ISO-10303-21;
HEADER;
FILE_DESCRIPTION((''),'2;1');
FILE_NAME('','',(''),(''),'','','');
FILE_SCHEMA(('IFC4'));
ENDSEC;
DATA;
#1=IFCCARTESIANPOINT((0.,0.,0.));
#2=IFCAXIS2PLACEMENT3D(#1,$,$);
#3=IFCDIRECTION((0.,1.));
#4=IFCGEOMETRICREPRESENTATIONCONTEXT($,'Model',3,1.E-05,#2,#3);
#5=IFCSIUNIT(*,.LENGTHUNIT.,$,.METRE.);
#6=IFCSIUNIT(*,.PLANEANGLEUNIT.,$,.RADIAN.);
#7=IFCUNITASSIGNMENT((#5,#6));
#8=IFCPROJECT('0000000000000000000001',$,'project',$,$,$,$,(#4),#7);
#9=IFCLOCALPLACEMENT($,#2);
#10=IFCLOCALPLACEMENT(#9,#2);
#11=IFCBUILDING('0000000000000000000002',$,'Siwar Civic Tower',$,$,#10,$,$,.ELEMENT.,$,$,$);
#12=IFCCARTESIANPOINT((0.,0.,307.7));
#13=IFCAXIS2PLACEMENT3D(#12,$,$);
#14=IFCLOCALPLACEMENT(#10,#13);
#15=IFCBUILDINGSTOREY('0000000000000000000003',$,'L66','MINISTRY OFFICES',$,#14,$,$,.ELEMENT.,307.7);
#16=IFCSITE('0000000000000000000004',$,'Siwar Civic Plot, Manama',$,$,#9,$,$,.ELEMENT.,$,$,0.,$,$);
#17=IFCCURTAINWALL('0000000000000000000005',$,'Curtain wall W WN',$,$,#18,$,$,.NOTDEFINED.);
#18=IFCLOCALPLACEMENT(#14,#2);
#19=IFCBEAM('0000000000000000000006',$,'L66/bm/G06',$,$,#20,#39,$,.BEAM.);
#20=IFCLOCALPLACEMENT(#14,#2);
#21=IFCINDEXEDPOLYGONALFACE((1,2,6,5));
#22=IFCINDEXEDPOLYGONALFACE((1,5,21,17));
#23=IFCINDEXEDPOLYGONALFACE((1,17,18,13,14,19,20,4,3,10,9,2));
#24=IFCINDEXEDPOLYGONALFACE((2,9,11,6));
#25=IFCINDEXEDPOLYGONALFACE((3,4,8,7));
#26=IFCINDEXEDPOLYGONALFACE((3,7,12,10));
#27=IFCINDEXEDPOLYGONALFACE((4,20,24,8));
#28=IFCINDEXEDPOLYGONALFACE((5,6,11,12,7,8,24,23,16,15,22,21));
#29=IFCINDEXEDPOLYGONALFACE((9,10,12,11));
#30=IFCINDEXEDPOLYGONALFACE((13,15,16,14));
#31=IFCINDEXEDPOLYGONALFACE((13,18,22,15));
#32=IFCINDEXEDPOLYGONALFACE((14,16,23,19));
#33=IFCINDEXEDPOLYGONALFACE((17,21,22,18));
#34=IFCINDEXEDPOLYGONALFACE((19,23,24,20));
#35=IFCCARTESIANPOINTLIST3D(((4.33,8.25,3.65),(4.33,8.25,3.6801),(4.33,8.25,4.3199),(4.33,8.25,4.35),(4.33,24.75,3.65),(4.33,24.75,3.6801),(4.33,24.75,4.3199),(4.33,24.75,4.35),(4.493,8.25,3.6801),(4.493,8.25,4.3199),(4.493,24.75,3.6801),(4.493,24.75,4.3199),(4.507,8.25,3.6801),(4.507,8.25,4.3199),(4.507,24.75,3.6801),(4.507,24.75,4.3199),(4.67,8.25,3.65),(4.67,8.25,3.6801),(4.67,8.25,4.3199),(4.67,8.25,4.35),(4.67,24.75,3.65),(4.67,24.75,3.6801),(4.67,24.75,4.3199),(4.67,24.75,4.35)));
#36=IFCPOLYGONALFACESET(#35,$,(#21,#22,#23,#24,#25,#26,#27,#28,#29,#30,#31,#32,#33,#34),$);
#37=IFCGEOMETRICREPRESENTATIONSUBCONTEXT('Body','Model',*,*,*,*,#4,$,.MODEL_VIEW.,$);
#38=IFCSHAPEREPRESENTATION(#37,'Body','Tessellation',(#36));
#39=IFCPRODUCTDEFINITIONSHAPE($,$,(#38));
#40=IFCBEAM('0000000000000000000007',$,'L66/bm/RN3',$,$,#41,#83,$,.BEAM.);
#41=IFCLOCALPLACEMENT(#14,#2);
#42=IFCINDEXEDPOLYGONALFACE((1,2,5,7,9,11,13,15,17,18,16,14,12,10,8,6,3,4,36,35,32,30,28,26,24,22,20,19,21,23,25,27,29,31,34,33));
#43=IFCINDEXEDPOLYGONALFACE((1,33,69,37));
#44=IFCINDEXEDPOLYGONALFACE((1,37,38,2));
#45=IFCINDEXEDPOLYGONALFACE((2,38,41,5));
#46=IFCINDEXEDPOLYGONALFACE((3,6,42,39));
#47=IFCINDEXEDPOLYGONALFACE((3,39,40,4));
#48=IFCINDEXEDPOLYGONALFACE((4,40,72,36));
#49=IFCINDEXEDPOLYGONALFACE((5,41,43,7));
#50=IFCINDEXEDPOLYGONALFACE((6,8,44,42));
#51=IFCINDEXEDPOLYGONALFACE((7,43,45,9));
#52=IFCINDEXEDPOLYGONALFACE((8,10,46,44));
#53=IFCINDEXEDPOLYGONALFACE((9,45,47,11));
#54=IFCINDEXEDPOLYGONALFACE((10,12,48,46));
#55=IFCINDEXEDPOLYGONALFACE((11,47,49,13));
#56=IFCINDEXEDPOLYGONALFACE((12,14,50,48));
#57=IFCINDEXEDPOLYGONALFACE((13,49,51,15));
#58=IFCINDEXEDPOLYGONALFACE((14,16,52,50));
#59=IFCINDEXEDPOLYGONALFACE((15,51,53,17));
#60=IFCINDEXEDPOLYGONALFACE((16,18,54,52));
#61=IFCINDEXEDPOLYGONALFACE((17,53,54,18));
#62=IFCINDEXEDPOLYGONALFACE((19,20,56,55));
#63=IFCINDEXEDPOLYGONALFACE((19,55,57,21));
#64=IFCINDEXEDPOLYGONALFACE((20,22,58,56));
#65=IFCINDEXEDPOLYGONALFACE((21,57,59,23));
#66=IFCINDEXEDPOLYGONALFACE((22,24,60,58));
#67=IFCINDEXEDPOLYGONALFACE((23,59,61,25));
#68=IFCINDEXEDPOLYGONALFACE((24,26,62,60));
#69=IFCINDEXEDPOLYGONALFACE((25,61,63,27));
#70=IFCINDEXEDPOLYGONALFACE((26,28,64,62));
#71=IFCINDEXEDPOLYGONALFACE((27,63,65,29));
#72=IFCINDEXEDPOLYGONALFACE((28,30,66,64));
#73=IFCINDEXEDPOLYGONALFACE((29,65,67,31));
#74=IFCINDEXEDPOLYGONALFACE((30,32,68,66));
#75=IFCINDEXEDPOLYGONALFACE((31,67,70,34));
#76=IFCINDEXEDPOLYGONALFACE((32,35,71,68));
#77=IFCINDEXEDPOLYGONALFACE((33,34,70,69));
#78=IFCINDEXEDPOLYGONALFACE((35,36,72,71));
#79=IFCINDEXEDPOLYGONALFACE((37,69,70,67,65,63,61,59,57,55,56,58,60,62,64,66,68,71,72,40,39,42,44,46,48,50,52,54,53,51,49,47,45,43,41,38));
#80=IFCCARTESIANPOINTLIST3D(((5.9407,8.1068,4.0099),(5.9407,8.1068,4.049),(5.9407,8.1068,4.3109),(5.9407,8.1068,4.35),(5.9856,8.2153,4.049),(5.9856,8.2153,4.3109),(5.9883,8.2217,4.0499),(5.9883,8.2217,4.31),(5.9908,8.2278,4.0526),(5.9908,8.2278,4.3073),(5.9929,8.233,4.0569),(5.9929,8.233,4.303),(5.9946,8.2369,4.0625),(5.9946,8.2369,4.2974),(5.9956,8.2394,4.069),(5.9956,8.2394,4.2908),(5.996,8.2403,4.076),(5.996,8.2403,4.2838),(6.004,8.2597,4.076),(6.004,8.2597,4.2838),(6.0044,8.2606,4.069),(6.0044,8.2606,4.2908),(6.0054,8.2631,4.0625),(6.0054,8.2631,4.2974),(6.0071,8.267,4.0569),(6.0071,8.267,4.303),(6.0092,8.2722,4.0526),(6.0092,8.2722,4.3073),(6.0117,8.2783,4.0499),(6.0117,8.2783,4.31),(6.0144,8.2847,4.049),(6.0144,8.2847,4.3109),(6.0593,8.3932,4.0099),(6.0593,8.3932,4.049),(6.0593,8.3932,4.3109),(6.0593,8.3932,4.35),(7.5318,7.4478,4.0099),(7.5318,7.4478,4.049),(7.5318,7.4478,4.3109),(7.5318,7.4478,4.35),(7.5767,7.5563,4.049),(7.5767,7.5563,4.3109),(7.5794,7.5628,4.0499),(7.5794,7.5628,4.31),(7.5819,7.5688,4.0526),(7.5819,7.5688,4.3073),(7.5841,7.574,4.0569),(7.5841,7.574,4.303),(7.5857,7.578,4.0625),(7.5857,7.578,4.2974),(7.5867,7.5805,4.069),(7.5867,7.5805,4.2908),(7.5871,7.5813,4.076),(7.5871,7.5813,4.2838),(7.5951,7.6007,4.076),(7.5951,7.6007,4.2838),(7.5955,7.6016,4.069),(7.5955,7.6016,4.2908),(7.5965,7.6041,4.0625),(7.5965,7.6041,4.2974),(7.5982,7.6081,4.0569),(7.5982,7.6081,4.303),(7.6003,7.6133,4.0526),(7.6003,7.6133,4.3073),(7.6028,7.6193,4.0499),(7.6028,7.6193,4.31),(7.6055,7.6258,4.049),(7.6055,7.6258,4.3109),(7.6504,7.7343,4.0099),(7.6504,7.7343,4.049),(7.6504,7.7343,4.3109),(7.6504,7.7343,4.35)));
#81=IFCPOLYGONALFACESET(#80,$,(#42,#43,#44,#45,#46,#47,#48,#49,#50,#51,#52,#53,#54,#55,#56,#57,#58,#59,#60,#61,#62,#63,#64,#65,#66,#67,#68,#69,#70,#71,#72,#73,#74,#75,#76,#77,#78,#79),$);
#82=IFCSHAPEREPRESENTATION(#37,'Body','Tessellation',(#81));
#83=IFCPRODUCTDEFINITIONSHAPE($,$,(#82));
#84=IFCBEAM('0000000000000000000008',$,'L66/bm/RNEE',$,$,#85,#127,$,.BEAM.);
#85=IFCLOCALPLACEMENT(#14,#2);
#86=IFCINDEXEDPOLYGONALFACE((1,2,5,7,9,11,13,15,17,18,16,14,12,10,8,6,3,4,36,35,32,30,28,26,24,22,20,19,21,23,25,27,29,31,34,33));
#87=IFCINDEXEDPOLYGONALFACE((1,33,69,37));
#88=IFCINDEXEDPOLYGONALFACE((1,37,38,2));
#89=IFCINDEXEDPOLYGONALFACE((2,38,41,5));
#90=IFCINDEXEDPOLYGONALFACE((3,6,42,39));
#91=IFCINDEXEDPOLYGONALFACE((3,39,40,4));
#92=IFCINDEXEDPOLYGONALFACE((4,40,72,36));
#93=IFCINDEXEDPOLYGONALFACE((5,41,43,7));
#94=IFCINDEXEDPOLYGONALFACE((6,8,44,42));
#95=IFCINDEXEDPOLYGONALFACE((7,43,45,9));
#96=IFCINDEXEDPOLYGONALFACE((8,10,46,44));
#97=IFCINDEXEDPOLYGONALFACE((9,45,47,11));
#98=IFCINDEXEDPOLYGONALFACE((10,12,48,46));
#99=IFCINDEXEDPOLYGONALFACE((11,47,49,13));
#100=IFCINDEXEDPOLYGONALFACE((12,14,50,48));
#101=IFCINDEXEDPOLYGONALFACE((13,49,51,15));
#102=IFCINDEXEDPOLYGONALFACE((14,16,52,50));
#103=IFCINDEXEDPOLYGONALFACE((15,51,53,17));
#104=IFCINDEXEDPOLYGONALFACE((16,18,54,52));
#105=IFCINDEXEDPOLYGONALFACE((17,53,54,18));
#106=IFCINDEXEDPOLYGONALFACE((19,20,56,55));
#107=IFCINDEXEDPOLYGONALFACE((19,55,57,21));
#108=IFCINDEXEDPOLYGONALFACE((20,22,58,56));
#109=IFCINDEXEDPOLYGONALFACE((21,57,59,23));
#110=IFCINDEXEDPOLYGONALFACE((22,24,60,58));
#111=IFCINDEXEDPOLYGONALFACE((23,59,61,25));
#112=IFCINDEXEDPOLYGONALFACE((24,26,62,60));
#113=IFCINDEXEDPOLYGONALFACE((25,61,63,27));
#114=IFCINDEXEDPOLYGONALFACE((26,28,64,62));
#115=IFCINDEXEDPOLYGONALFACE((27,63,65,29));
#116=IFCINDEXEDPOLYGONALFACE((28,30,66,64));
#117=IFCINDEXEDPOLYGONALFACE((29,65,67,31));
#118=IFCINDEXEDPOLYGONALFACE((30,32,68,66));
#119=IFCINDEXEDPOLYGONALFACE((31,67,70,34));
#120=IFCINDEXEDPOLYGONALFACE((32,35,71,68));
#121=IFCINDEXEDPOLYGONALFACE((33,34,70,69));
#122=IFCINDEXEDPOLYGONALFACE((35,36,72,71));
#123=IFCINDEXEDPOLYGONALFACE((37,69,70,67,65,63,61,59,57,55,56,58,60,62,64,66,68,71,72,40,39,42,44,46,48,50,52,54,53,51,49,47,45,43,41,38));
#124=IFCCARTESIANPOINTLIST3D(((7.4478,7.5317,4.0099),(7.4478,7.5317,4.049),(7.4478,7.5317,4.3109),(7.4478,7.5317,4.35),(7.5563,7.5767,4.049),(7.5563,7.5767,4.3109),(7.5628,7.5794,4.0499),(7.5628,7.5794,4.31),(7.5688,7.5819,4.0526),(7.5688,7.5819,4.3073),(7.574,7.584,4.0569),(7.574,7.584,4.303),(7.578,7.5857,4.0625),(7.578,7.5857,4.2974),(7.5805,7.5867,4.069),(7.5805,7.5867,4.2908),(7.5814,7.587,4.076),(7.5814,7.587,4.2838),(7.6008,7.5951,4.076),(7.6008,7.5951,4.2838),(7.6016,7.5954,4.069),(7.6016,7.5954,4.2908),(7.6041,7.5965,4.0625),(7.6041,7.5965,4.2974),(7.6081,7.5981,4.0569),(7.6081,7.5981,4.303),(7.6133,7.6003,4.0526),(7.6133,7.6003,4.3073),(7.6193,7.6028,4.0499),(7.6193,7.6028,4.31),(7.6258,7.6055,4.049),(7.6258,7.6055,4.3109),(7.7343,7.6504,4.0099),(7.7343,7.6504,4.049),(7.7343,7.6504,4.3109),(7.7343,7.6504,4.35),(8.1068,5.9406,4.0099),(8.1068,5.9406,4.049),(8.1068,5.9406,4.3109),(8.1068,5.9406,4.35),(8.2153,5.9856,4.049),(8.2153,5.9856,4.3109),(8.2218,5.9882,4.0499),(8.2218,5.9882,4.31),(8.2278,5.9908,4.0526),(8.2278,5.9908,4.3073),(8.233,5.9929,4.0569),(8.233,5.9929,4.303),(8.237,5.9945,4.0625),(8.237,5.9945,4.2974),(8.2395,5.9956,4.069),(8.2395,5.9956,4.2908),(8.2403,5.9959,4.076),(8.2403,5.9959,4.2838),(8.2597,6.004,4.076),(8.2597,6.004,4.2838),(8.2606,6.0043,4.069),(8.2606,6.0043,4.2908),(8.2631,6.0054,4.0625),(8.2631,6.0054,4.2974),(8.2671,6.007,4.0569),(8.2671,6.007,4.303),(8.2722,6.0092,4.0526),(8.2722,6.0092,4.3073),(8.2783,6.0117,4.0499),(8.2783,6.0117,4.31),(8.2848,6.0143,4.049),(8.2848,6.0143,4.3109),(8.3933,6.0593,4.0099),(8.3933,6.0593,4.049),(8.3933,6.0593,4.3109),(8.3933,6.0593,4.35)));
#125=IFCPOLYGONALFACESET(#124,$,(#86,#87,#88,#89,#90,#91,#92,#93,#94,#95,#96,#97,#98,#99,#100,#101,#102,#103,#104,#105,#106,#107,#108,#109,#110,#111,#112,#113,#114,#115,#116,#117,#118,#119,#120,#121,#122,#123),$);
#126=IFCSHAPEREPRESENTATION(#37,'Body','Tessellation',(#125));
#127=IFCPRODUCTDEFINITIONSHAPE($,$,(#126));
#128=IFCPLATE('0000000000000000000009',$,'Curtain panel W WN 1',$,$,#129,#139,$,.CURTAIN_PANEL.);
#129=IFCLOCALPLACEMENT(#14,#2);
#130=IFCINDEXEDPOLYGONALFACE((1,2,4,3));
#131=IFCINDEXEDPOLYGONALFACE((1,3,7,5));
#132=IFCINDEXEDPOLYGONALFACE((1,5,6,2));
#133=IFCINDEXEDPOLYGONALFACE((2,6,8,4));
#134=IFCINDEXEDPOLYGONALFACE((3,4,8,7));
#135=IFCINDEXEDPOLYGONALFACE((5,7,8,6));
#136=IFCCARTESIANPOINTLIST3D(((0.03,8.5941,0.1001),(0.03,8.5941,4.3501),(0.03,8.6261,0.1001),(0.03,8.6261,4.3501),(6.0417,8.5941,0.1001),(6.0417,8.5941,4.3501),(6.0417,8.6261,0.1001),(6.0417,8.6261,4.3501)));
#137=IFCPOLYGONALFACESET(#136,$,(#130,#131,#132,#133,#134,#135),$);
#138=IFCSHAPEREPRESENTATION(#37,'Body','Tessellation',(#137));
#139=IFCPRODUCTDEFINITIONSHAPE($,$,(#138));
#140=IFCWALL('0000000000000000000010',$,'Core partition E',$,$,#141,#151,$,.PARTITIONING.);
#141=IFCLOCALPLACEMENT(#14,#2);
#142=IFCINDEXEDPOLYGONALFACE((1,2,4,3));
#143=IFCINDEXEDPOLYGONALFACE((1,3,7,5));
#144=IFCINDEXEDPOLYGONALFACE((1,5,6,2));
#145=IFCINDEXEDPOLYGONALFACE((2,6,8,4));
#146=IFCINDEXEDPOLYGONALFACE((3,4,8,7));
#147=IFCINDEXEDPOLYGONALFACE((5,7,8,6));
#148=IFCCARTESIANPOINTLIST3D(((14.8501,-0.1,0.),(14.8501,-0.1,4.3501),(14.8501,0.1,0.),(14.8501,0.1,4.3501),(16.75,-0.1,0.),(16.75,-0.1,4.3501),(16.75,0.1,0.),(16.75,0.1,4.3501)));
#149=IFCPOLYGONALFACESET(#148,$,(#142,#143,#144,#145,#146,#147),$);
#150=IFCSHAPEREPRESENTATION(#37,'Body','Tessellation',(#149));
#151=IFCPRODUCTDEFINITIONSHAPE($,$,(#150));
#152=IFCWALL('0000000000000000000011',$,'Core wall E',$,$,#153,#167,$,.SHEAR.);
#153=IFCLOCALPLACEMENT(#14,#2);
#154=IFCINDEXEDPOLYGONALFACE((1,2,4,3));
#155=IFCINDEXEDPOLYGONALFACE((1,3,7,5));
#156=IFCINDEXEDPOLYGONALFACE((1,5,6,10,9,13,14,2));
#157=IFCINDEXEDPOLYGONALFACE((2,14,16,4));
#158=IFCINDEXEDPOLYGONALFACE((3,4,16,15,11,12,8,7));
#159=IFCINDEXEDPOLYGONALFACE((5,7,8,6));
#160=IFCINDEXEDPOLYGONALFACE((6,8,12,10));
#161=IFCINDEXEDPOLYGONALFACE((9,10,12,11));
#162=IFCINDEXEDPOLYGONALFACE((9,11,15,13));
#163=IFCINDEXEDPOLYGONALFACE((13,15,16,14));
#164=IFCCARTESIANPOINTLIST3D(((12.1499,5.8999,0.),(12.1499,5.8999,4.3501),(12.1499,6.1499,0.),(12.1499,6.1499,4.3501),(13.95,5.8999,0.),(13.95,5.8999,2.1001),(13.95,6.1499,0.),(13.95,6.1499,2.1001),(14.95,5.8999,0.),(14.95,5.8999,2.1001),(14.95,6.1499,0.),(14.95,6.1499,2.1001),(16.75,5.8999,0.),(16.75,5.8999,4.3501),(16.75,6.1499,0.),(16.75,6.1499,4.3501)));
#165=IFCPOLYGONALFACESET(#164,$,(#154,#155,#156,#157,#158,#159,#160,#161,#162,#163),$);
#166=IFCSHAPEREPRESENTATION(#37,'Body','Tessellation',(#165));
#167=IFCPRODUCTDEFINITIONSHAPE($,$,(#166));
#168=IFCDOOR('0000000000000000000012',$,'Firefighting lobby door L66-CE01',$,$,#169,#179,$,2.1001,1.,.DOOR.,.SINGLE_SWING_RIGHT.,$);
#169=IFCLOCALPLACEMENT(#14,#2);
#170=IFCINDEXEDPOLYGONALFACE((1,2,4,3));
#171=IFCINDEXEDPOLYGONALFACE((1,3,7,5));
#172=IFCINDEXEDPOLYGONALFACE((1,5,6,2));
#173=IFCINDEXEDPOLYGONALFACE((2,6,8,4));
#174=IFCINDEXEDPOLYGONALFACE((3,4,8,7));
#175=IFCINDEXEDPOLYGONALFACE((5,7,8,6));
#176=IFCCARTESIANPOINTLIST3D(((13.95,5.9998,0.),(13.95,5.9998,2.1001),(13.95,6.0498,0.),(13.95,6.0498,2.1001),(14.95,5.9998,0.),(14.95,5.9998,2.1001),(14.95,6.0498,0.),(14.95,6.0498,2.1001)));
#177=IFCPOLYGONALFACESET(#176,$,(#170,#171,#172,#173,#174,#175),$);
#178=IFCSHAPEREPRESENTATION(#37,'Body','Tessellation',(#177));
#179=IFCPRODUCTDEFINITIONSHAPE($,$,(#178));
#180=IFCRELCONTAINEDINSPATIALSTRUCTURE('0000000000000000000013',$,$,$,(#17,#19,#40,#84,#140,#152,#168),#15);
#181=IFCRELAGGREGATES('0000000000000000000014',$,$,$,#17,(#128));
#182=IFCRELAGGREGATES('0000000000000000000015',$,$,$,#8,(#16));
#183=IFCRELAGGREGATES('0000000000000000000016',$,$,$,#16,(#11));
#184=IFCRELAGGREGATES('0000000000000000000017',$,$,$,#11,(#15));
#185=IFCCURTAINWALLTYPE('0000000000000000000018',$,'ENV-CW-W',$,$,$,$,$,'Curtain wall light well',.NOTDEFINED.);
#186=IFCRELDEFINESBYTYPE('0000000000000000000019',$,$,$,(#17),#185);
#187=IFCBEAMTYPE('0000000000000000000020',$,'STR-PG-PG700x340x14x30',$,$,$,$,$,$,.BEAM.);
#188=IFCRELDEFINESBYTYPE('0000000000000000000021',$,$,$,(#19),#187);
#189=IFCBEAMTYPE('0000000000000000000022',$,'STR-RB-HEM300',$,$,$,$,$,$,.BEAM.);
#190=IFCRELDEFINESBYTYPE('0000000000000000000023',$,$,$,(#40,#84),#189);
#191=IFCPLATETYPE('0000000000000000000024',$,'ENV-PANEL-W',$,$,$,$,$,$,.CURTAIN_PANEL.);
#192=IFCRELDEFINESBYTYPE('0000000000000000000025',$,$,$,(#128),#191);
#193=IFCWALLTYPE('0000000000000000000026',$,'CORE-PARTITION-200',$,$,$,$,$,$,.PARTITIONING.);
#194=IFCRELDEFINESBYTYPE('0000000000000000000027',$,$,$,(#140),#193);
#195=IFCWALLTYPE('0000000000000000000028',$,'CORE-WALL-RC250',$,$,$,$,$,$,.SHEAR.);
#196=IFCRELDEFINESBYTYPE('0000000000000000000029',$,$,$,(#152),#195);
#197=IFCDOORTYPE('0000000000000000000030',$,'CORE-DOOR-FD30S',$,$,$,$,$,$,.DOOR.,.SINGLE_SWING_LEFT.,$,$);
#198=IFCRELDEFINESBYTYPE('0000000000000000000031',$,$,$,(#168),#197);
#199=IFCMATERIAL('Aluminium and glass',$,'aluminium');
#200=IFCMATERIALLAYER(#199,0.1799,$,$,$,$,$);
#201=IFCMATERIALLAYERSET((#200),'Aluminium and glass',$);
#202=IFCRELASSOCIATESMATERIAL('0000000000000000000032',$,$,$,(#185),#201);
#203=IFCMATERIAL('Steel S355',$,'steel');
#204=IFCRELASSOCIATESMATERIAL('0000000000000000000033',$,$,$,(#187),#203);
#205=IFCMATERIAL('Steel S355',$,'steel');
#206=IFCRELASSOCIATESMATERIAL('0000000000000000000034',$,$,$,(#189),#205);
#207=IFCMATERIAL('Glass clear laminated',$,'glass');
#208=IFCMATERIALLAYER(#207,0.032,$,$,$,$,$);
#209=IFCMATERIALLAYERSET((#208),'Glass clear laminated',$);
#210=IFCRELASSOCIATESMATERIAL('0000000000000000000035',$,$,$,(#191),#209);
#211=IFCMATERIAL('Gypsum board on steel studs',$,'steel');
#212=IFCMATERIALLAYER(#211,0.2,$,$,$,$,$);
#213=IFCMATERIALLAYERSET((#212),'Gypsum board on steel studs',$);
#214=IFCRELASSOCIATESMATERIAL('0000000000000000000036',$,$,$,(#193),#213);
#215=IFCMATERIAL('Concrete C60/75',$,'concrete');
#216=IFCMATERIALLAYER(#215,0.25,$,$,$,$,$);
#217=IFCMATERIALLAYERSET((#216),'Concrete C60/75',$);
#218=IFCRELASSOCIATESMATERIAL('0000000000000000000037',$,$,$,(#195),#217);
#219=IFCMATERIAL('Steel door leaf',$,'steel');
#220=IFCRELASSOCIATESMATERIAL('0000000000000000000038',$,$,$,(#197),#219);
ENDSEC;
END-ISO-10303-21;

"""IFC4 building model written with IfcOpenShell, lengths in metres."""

from ifc_helpers import new_model, si_unit, direction, frame, frame_2d, origin, origin_2d, place, context, subcontext, project, spatial, rectangle, i_section, extrude, material, layer, layer_set, material_profile, profile_set, type_object, element, fill, aggregate, save


model = new_model("IFC4")

# Units and contexts
model_context = context("Model", 3, precision=1e-05, world=origin(), true_north=direction((0.0, 1.0)))
body_context = subcontext(model_context, "Body", "Model", "MODEL_VIEW")
ifc_project = project(units=[si_unit("LENGTHUNIT", "METRE"), si_unit("PLANEANGLEUNIT", "RADIAN")], contexts=[model_context])

# Site, building, storey
site_placement = place(None, origin())
site = spatial("IfcSite", under=ifc_project, at=site_placement, Name="Siwar Civic Plot, Manama", CompositionType="ELEMENT", RefElevation=0.0)
building_placement = place(site_placement, origin())
building = spatial("IfcBuilding", under=site, at=building_placement, Name="Siwar Civic Tower", CompositionType="ELEMENT")
storey_placement = place(building_placement, frame((0.0, 0.0, 307.7)))
storey = spatial("IfcBuildingStorey", under=building, at=storey_placement, Name="L66", Description="MINISTRY OFFICES", CompositionType="ELEMENT", Elevation=307.7)

# Curtain wall
ifc_material_1 = material(Name="Aluminium and glass", Category="aluminium")
ifc_layer_1 = layer(ifc_material_1, 0.1799)
ifc_layer_set_1 = layer_set([ifc_layer_1], Name="Aluminium and glass")
curtain_wall_type = type_object("IfcCurtainWallType", Name="ENV-CW-W", ElementType="Curtain wall light well", PredefinedType="NOTDEFINED", material=ifc_layer_set_1)
curtain_wall_placement = place(storey_placement, origin())
curtain_wall = element("IfcCurtainWall", 1, at=curtain_wall_placement, inside=storey, type_object=curtain_wall_type, Name="Curtain wall W WN", PredefinedType="NOTDEFINED")

# Beams
ifc_material_2 = material(Name="Steel S355", Category="steel")
ifc_material_profile_1 = material_profile(ifc_material_2, i_section(OverallWidth=0.3401, OverallDepth=0.7, WebThickness=0.0139, FlangeThickness=0.03, at=origin_2d()), Name="PG700x340x14x30")
ifc_profile_set_1 = profile_set([ifc_material_profile_1], Name="Steel S355")
beam_type_1 = type_object("IfcBeamType", Name="STR-PG-PG700x340x14x30", PredefinedType="BEAM", material=ifc_profile_set_1)
beam_1_placement = place(storey_placement, frame((4.5, 8.25, 4.0), z_axis=(0.0, 1.0, 0.0), x_axis=(-1.0, 0.0, 0.0)))
element("IfcBeam", 2, at=beam_1_placement, inside=storey, type_object=beam_type_1, Name="L66/bm/G06", PredefinedType="BEAM", context=body_context, shape_type="SweptSolid", body=[
    extrude(i_section(OverallWidth=0.3401, OverallDepth=0.7, WebThickness=0.0139, FlangeThickness=0.03, at=origin_2d()), origin(), (0.0, 0.0, 1.0), 16.5),
])
ifc_material_3 = material(Name="Steel S355", Category="steel")
ifc_material_profile_2 = material_profile(ifc_material_3, i_section(OverallWidth=0.3101, OverallDepth=0.3401, WebThickness=0.021, FlangeThickness=0.0391, FilletRadius=0.0271, at=origin_2d()), Name="HEM300")
ifc_profile_set_2 = profile_set([ifc_material_profile_2], Name="Steel S355")
beam_type_2 = type_object("IfcBeamType", Name="STR-RB-HEM300", PredefinedType="BEAM", material=ifc_profile_set_2)
for number, where, z_axis, x_axis, name in (
    (3, (6.0, 8.25, 4.1799), (0.923901, -0.382631, 0.0), (0.382631, 0.923901, 0.0), "L66/bm/RN3"),
    (4, (7.5911, 7.5911, 4.1799), (0.382631, -0.923901, 0.0), (0.923901, 0.382631, 0.0), "L66/bm/RNEE"),
):
    element("IfcBeam", number, at=place(storey_placement, frame(where, z_axis=z_axis, x_axis=x_axis)), inside=storey, type_object=beam_type_2, Name=name, PredefinedType="BEAM", context=body_context, shape_type="SweptSolid", body=[
        extrude(i_section(OverallWidth=0.3101, OverallDepth=0.3401, WebThickness=0.021, FlangeThickness=0.0391, FilletRadius=0.0271, at=origin_2d()), origin(), (0.0, 0.0, 1.0), 1.7222),
    ])

# Plate
ifc_material_4 = material(Name="Glass clear laminated", Category="glass")
ifc_layer_2 = layer(ifc_material_4, 0.032)
ifc_layer_set_2 = layer_set([ifc_layer_2], Name="Glass clear laminated")
plate_type = type_object("IfcPlateType", Name="ENV-PANEL-W", PredefinedType="CURTAIN_PANEL", material=ifc_layer_set_2)
plate_placement = place(storey_placement, frame((3.0359, 8.6101, 0.1001), z_axis=(0.0, 0.0, 1.0), x_axis=(-1.0, 0.0, 0.0)))
plate = element("IfcPlate", 5, at=plate_placement, type_object=plate_type, Name="Curtain panel W WN 1", PredefinedType="CURTAIN_PANEL", context=body_context, shape_type="SweptSolid", body=[
    extrude(rectangle(XDim=6.0117, YDim=0.032, at=origin_2d()), origin(), (0.0, 0.0, 1.0), 4.25),
])
aggregate(curtain_wall, [plate])

# Wall
ifc_material_5 = material(Name="Gypsum board on steel studs", Category="steel")
ifc_layer_3 = layer(ifc_material_5, 0.2)
ifc_layer_set_3 = layer_set([ifc_layer_3], Name="Gypsum board on steel studs")
wall_type_1 = type_object("IfcWallType", Name="CORE-PARTITION-200", PredefinedType="PARTITIONING", material=ifc_layer_set_3)
wall_1_placement = place(storey_placement, frame((14.8501, 0.0, 0.0), z_axis=(0.0, 0.0, 1.0), x_axis=(1.0, 0.0, 0.0)))
element("IfcWall", 6, at=wall_1_placement, inside=storey, type_object=wall_type_1, Name="Core partition E", PredefinedType="PARTITIONING", context=body_context, shape_type="SweptSolid", body=[
    extrude(rectangle(XDim=1.8999, YDim=0.2, at=frame_2d((0.95, 0.0))), origin(), (0.0, 0.0, 1.0), 4.3501),
])

# Wall, opening, door
ifc_material_6 = material(Name="Concrete C60/75", Category="concrete")
ifc_layer_4 = layer(ifc_material_6, 0.25)
ifc_layer_set_4 = layer_set([ifc_layer_4], Name="Concrete C60/75")
wall_type_2 = type_object("IfcWallType", Name="CORE-WALL-RC250", PredefinedType="SHEAR", material=ifc_layer_set_4)
wall_2_placement = place(storey_placement, frame((12.1499, 6.0249, 0.0), z_axis=(0.0, 0.0, 1.0), x_axis=(1.0, 0.0, 0.0)))
wall_2 = element("IfcWall", 7, at=wall_2_placement, inside=storey, type_object=wall_type_2, Name="Core wall E", PredefinedType="SHEAR", context=body_context, shape_type="SweptSolid", body=[
    extrude(rectangle(XDim=4.6001, YDim=0.25, at=frame_2d((2.3, 0.0))), origin(), (0.0, 0.0, 1.0), 4.3501),
])
opening_1_placement = place(wall_2_placement, frame((1.8, 0.0, 0.0)))
opening_1 = element("IfcOpeningElement", 8, at=opening_1_placement, cuts=wall_2, PredefinedType="OPENING", context=body_context, shape_type="SweptSolid", body=[
    extrude(rectangle(XDim=1.0, YDim=2.1001, at=frame_2d((0.5, 1.05))), frame((0.0, 0.135, 0.0), z_axis=(0.0, -1.0, 0.0), x_axis=(1.0, 0.0, 0.0)), (0.0, 0.0, 1.0), 0.27),
])
ifc_material_7 = material(Name="Steel door leaf", Category="steel")
door_type_1 = type_object("IfcDoorType", Name="CORE-DOOR-FD30S", OperationType="SINGLE_SWING_LEFT", PredefinedType="DOOR", material=ifc_material_7)
door_1_placement = place(opening_1_placement, origin())
door_1 = element("IfcDoor", 9, at=door_1_placement, inside=storey, type_object=door_type_1, Name="Firefighting lobby door L66-CE01", OperationType="SINGLE_SWING_RIGHT", OverallHeight=2.1001, OverallWidth=1.0, PredefinedType="DOOR", context=body_context, shape_type="SweptSolid", body=[
    extrude(rectangle(XDim=1.0, YDim=2.1001, at=frame_2d((0.5, 1.05))), frame((0.0, 0.0249, 0.0), z_axis=(0.0, -1.0, 0.0), x_axis=(1.0, 0.0, 0.0)), (0.0, 0.0, 1.0), 0.05),
])
fill(opening_1, door_1)

save(model, "model.ifc")
